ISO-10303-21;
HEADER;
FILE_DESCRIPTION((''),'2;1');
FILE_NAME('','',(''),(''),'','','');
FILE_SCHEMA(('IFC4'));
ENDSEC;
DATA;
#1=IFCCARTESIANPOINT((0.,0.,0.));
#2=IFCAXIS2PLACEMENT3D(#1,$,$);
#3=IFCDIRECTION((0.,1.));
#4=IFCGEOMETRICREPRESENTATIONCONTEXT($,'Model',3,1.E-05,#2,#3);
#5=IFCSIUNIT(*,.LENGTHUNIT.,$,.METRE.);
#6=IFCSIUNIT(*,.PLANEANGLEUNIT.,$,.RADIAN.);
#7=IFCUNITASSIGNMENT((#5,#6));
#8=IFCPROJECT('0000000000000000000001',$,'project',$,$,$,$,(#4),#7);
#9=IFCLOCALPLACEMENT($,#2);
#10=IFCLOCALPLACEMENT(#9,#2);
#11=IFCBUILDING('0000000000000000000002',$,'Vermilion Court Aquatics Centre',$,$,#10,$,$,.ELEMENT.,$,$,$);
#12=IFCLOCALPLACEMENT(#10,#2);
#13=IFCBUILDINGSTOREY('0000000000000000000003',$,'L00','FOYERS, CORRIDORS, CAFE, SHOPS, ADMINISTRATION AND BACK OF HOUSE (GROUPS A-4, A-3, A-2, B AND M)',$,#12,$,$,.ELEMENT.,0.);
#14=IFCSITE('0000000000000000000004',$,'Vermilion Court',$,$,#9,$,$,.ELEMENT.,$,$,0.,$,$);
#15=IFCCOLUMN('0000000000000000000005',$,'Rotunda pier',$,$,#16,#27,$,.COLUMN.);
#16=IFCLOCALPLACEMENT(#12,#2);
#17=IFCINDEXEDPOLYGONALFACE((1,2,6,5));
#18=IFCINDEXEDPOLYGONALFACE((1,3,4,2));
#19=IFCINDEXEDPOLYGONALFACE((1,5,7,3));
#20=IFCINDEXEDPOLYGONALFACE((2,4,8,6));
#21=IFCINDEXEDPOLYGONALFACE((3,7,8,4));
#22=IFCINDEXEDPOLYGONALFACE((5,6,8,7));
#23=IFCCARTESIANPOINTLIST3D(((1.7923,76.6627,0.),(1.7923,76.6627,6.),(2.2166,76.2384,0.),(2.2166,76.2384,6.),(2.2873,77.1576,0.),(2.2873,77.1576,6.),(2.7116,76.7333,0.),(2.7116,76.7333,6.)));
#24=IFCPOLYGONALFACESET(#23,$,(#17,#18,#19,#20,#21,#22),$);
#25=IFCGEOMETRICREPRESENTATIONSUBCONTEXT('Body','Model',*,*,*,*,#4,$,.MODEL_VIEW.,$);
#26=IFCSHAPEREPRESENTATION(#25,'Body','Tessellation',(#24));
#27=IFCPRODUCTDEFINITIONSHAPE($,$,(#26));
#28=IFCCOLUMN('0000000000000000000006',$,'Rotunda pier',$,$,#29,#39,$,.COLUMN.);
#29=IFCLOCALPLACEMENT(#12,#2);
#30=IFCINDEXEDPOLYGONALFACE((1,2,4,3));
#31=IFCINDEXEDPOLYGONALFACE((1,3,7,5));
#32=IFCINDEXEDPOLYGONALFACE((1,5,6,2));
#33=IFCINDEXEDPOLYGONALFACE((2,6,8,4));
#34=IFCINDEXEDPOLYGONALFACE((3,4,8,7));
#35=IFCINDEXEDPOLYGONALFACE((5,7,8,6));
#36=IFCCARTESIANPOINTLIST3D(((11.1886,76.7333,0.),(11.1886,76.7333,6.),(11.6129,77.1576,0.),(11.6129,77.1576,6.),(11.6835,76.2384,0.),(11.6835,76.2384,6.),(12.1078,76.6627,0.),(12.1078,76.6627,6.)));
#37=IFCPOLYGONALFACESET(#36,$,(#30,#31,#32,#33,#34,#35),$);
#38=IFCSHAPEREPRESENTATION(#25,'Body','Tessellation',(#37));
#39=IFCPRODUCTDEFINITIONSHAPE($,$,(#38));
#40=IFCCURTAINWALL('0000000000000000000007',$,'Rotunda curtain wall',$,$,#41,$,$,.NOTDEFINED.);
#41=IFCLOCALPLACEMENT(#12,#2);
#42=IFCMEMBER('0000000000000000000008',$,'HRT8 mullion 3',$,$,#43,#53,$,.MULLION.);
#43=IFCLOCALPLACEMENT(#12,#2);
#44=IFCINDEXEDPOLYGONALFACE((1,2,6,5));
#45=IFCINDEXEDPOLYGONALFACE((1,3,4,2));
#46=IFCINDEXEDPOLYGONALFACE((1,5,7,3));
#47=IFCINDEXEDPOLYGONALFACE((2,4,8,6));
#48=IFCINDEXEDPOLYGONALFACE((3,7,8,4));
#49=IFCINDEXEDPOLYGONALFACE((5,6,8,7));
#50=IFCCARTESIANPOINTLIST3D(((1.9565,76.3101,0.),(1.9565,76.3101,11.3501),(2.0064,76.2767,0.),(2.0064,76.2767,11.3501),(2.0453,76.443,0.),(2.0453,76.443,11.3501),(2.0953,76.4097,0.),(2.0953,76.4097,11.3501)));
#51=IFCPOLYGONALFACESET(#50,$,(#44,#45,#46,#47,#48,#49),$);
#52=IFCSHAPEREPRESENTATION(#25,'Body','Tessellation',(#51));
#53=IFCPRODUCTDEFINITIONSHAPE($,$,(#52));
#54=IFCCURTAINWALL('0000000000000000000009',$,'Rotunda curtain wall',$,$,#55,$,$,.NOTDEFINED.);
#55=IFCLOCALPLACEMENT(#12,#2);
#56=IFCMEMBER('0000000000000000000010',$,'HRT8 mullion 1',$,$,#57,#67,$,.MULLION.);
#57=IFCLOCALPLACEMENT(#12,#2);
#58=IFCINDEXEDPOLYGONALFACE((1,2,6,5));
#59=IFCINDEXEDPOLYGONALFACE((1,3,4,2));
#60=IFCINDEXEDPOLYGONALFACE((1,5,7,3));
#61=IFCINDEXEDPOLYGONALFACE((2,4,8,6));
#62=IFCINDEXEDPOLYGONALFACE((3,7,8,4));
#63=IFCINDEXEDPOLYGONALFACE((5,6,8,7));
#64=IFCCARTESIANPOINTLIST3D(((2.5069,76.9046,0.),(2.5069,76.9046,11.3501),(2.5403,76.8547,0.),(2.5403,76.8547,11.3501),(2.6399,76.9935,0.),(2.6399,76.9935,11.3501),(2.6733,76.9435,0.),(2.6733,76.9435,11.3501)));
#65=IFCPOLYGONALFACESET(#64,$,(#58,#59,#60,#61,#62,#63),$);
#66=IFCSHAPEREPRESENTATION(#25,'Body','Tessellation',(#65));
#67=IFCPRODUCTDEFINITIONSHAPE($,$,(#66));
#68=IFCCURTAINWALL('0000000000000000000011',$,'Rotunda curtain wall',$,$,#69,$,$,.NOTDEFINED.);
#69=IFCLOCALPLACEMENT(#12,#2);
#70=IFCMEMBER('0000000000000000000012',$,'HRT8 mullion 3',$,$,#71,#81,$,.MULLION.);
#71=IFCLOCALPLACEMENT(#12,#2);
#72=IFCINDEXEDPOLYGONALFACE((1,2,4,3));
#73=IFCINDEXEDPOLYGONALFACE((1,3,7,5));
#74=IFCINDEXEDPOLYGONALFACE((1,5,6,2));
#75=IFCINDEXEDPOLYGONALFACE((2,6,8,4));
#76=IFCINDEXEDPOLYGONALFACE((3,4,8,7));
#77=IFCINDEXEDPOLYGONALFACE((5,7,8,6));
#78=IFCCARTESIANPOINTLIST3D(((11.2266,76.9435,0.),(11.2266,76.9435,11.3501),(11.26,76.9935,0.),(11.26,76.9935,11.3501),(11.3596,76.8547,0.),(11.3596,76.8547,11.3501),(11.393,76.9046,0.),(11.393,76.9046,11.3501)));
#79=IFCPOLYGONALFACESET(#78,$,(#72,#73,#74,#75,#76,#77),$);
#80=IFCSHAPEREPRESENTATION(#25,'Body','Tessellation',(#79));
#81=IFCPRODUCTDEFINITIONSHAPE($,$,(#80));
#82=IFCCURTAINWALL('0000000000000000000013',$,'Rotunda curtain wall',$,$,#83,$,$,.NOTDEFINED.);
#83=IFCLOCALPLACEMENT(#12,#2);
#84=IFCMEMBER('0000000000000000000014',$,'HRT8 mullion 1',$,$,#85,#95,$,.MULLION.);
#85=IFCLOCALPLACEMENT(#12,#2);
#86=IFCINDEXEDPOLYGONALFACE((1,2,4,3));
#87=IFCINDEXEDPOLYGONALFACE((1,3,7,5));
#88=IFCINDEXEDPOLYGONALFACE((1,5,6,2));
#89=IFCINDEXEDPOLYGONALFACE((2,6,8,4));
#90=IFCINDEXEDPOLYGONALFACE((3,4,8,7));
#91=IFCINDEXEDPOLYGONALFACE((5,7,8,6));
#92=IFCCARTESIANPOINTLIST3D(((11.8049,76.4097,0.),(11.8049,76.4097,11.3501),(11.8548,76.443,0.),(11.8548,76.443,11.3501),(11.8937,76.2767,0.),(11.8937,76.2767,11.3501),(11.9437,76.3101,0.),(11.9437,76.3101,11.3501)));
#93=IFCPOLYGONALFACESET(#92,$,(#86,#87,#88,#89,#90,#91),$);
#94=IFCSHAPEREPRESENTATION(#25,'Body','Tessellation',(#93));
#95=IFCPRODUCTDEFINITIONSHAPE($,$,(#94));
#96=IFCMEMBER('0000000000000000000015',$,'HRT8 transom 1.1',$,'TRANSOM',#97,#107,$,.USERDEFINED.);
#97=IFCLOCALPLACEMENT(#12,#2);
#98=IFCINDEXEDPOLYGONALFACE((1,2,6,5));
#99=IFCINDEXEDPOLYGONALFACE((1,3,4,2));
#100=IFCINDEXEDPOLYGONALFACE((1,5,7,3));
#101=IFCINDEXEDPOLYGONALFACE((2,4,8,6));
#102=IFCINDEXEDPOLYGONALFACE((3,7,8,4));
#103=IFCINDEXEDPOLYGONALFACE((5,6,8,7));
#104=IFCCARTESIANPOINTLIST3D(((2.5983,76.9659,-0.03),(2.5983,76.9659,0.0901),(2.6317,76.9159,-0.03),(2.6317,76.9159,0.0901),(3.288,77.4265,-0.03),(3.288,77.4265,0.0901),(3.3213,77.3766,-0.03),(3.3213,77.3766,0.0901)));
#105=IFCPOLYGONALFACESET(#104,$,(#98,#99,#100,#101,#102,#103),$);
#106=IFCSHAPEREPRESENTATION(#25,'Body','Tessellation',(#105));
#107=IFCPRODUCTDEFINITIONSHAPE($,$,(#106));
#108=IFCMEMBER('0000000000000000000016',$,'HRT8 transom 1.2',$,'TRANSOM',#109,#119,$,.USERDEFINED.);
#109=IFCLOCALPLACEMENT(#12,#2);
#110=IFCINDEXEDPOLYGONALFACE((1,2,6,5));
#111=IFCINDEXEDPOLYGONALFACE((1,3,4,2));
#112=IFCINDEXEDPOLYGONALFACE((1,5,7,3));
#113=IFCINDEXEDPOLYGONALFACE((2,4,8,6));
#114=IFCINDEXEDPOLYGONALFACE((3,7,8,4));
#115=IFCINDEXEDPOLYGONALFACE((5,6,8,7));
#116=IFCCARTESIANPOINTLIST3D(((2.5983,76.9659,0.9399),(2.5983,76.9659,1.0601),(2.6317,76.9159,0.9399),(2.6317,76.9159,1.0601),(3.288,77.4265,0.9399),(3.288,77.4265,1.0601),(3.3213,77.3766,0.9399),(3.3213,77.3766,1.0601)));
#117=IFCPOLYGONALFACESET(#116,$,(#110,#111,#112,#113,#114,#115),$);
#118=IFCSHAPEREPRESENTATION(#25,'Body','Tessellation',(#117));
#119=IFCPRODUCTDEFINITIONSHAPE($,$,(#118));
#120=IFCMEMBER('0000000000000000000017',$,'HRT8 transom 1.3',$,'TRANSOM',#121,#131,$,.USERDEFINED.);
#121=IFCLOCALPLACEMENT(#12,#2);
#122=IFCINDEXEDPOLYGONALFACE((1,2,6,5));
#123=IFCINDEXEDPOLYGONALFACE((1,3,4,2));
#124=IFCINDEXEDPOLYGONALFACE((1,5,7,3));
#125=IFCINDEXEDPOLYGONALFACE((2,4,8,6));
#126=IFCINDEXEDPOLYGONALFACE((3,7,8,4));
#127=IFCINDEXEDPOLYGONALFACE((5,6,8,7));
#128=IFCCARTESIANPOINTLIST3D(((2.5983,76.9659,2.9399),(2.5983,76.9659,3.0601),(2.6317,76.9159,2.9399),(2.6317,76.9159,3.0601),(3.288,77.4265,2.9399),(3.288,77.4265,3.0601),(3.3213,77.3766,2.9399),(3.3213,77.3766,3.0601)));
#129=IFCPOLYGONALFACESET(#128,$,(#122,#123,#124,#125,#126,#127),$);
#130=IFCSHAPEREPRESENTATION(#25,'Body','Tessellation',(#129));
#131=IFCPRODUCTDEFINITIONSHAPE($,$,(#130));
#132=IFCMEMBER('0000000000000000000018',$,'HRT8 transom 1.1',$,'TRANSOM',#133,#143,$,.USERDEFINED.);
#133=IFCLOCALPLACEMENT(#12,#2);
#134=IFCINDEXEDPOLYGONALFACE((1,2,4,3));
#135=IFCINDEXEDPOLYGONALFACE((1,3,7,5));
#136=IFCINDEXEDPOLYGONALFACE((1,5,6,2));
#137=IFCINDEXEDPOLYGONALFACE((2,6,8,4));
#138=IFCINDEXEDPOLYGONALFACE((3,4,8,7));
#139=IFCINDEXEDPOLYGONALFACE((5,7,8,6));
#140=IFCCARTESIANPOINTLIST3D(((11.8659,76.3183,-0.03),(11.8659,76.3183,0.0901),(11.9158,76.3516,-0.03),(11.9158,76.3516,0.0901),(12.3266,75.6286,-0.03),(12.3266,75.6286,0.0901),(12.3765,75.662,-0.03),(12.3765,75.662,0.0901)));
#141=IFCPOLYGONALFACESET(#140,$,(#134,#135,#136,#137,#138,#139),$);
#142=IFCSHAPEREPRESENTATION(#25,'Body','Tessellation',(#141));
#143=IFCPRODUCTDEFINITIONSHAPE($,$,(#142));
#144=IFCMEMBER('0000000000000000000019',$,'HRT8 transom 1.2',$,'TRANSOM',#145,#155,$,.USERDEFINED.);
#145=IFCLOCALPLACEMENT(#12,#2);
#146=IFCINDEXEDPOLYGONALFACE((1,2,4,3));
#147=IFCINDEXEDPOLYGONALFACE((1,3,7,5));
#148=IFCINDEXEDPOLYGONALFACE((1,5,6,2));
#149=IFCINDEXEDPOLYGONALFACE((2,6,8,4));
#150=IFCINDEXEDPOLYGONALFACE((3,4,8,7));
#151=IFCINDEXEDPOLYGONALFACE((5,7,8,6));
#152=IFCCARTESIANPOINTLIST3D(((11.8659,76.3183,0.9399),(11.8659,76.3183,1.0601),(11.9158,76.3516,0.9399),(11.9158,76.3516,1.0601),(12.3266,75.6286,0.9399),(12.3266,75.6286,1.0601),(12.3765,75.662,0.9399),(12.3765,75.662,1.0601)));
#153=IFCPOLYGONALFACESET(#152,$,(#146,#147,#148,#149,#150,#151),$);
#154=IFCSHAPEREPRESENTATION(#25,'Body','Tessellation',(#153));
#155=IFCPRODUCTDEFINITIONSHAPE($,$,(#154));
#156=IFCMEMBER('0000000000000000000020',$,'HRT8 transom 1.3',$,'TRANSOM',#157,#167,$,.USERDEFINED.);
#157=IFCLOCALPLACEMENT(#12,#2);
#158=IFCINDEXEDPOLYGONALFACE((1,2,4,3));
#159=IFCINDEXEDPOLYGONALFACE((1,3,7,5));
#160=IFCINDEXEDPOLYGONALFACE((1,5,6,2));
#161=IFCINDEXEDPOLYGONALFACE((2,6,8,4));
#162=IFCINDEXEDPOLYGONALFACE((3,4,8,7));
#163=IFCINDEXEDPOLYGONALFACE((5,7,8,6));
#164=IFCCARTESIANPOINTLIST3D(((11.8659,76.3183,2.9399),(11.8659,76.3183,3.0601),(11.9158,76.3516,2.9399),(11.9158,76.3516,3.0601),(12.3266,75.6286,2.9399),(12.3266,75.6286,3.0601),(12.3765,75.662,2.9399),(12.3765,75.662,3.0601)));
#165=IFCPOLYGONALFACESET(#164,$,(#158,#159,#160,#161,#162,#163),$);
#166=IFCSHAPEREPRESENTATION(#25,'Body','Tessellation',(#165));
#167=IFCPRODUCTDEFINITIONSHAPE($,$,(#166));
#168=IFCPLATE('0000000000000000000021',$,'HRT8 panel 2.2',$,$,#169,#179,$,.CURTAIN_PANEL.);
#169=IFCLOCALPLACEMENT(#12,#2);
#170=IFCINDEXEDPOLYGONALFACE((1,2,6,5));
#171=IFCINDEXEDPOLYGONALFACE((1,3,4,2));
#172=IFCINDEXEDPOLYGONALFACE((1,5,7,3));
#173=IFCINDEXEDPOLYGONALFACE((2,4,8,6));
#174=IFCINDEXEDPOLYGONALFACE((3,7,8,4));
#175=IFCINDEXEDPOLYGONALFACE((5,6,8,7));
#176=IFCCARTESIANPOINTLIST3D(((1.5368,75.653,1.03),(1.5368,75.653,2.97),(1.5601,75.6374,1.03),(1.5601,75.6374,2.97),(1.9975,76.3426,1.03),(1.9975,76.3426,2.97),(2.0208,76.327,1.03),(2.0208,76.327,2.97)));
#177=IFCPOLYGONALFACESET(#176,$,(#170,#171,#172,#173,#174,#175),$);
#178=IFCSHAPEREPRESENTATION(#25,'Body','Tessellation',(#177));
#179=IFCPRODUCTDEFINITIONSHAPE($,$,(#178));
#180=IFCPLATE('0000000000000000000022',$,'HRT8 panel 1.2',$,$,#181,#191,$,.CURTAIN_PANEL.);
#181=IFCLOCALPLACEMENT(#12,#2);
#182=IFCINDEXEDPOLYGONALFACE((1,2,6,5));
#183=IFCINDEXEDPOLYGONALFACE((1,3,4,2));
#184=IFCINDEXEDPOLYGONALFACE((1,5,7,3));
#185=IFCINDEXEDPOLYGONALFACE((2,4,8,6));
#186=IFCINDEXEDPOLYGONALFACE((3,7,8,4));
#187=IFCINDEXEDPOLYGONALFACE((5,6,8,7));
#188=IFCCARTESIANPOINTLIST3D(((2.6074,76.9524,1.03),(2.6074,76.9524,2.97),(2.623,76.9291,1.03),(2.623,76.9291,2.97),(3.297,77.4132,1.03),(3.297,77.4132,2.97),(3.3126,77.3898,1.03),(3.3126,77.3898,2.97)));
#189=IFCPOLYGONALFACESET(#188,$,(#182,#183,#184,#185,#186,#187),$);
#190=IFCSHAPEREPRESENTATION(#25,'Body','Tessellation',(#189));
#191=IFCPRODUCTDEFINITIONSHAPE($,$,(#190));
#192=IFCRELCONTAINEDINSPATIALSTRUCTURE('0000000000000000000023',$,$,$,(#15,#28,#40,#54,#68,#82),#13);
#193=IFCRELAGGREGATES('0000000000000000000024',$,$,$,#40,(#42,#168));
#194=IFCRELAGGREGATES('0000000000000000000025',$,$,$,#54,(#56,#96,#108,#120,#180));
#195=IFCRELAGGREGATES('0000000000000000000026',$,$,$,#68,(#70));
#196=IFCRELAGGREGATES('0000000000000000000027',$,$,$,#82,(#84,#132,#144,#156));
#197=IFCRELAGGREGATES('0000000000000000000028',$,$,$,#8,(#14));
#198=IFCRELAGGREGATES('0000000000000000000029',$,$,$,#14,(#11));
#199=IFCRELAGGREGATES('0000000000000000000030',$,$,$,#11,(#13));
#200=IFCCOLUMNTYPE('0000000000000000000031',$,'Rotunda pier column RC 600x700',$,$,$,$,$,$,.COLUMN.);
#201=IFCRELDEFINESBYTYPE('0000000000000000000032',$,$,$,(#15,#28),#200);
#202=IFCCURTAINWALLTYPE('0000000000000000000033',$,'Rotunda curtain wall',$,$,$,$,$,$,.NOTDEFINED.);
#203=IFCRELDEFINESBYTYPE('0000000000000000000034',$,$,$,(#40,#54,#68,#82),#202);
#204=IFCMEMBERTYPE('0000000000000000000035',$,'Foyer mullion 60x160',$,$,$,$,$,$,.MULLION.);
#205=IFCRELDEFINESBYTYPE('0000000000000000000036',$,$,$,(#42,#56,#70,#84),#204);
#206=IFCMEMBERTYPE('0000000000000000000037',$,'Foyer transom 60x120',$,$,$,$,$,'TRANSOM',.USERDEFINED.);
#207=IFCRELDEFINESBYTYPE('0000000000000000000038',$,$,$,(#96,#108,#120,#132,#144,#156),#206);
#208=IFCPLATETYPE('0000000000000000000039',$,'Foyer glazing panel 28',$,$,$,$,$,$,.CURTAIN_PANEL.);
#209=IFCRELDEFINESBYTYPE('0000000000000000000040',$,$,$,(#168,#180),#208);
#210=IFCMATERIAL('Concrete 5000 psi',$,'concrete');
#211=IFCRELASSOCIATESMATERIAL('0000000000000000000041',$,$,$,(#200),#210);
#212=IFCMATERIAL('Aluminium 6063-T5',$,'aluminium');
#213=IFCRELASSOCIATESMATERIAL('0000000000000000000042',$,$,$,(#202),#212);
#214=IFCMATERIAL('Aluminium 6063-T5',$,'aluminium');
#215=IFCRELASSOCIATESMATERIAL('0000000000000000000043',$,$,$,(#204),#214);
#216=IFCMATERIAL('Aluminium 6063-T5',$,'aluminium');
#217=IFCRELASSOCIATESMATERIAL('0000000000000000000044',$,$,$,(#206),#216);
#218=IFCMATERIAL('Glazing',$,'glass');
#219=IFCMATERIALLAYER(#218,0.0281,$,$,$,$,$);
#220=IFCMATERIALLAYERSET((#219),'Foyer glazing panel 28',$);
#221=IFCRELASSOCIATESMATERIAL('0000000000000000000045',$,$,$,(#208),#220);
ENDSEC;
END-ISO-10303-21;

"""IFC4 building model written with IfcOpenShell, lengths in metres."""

from ifc_helpers import new_model, si_unit, direction, frame, origin, origin_2d, place, context, subcontext, project, spatial, rectangle, extrude, material, layer, layer_set, material_profile, profile_set, type_object, element, aggregate, save


model = new_model("IFC4")

# Units and contexts
model_context = context("Model", 3, precision=1e-05, world=origin(), true_north=direction((0.0, 1.0)))
body_context = subcontext(model_context, "Body", "Model", "MODEL_VIEW")
ifc_project = project(units=[si_unit("LENGTHUNIT", "METRE"), si_unit("PLANEANGLEUNIT", "RADIAN")], contexts=[model_context])

# Site, building, storey
site_placement = place(None, origin())
site = spatial("IfcSite", under=ifc_project, at=site_placement, Name="Vermilion Court", CompositionType="ELEMENT", RefElevation=0.0)
building_placement = place(site_placement, origin())
building = spatial("IfcBuilding", under=site, at=building_placement, Name="Vermilion Court Aquatics Centre", CompositionType="ELEMENT")
storey_placement = place(building_placement, origin())
storey = spatial("IfcBuildingStorey", under=building, at=storey_placement, Name="L00", Description="FOYERS, CORRIDORS, CAFE, SHOPS, ADMINISTRATION AND BACK OF HOUSE (GROUPS A-4, A-3, A-2, B AND M)", CompositionType="ELEMENT", Elevation=0.0)

# Columns
ifc_material_1 = material(Name="Concrete 5000 psi", Category="concrete")
ifc_material_profile_1 = material_profile(ifc_material_1, rectangle(XDim=0.6001, YDim=0.7, at=origin_2d()), Name="RC 600x700")
ifc_profile_set_1 = profile_set([ifc_material_profile_1], Name="Concrete 5000 psi")
column_type = type_object("IfcColumnType", Name="Rotunda pier column RC 600x700", PredefinedType="COLUMN", material=ifc_profile_set_1)
for number, where, z_axis, x_axis, name in (
    (1, (2.252, 76.698, 0.0), (0.0, 0.0, 1.0), (-0.707107, 0.707107, 0.0), "Rotunda pier"),
    (2, (11.6482, 76.698, 0.0), (0.0, 0.0, 1.0), (0.707107, 0.707107, 0.0), "Rotunda pier"),
):
    element("IfcColumn", number, at=place(storey_placement, frame(where, z_axis=z_axis, x_axis=x_axis)), inside=storey, type_object=column_type, Name=name, PredefinedType="COLUMN", context=body_context, shape_type="SweptSolid", body=[
        extrude(rectangle(XDim=0.6001, YDim=0.7, at=origin_2d()), origin(), (0.0, 0.0, 1.0), 6.0),
    ])

# Curtain walls, members
ifc_material_2 = material(Name="Aluminium 6063-T5", Category="aluminium")
curtain_wall_type = type_object("IfcCurtainWallType", Name="Rotunda curtain wall", PredefinedType="NOTDEFINED", material=ifc_material_2)
curtain_wall_1_placement = place(storey_placement, origin())
curtain_wall_1 = element("IfcCurtainWall", 3, at=curtain_wall_1_placement, inside=storey, type_object=curtain_wall_type, Name="Rotunda curtain wall", PredefinedType="NOTDEFINED")
ifc_material_3 = material(Name="Aluminium 6063-T5", Category="aluminium")
ifc_material_profile_2 = material_profile(ifc_material_3, rectangle(XDim=0.0601, YDim=0.1599, at=origin_2d()), Name="Aluminium 60x160")
ifc_profile_set_2 = profile_set([ifc_material_profile_2], Name="Aluminium 6063-T5")
member_type_1 = type_object("IfcMemberType", Name="Foyer mullion 60x160", PredefinedType="MULLION", material=ifc_profile_set_2)
member_1_placement = place(storey_placement, frame((2.0259, 76.3599, 0.0), z_axis=(0.0, 0.0, 1.0), x_axis=(-0.831489, 0.555541, 0.0)))
member_1 = element("IfcMember", 4, at=member_1_placement, type_object=member_type_1, Name="HRT8 mullion 3", PredefinedType="MULLION", context=body_context, shape_type="SweptSolid", body=[
    extrude(rectangle(XDim=0.0601, YDim=0.1599, at=origin_2d()), origin(), (0.0, 0.0, 1.0), 11.3501),
])
curtain_wall_2_placement = place(storey_placement, origin())
curtain_wall_2 = element("IfcCurtainWall", 5, at=curtain_wall_2_placement, inside=storey, type_object=curtain_wall_type, Name="Rotunda curtain wall", PredefinedType="NOTDEFINED")
member_2_placement = place(storey_placement, frame((2.5901, 76.9241, 0.0), z_axis=(0.0, 0.0, 1.0), x_axis=(-0.555541, 0.831489, 0.0)))
member_2 = element("IfcMember", 6, at=member_2_placement, type_object=member_type_1, Name="HRT8 mullion 1", PredefinedType="MULLION", context=body_context, shape_type="SweptSolid", body=[
    extrude(rectangle(XDim=0.0601, YDim=0.1599, at=origin_2d()), origin(), (0.0, 0.0, 1.0), 11.3501),
])
curtain_wall_3_placement = place(storey_placement, origin())
curtain_wall_3 = element("IfcCurtainWall", 7, at=curtain_wall_3_placement, inside=storey, type_object=curtain_wall_type, Name="Rotunda curtain wall", PredefinedType="NOTDEFINED")
member_3_placement = place(storey_placement, frame((11.3098, 76.9241, 0.0), z_axis=(0.0, 0.0, 1.0), x_axis=(0.555541, 0.831489, 0.0)))
member_3 = element("IfcMember", 8, at=member_3_placement, type_object=member_type_1, Name="HRT8 mullion 3", PredefinedType="MULLION", context=body_context, shape_type="SweptSolid", body=[
    extrude(rectangle(XDim=0.0601, YDim=0.1599, at=origin_2d()), origin(), (0.0, 0.0, 1.0), 11.3501),
])
curtain_wall_4_placement = place(storey_placement, origin())
curtain_wall_4 = element("IfcCurtainWall", 9, at=curtain_wall_4_placement, inside=storey, type_object=curtain_wall_type, Name="Rotunda curtain wall", PredefinedType="NOTDEFINED")
member_4_placement = place(storey_placement, frame((11.8743, 76.3599, 0.0), z_axis=(0.0, 0.0, 1.0), x_axis=(0.831489, 0.555541, 0.0)))
member_4 = element("IfcMember", 10, at=member_4_placement, type_object=member_type_1, Name="HRT8 mullion 1", PredefinedType="MULLION", context=body_context, shape_type="SweptSolid", body=[
    extrude(rectangle(XDim=0.0601, YDim=0.1599, at=origin_2d()), origin(), (0.0, 0.0, 1.0), 11.3501),
])

# Members
ifc_material_4 = material(Name="Aluminium 6063-T5", Category="aluminium")
ifc_material_profile_3 = material_profile(ifc_material_4, rectangle(XDim=0.0601, YDim=0.1201, at=origin_2d()), Name="Aluminium 60x120")
ifc_profile_set_3 = profile_set([ifc_material_profile_3], Name="Aluminium 6063-T5")
member_type_2 = type_object("IfcMemberType", Name="Foyer transom 60x120", ElementType="TRANSOM", PredefinedType="USERDEFINED", material=ifc_profile_set_3)
member_5_placement = place(storey_placement, frame((2.615, 76.9409, 0.03), z_axis=(0.831552, 0.555447, 0.0), x_axis=(-0.555447, 0.831552, 0.0)))
member_5 = element("IfcMember", 11, at=member_5_placement, type_object=member_type_2, Name="HRT8 transom 1.1", ObjectType="TRANSOM", PredefinedType="USERDEFINED", context=body_context, shape_type="SweptSolid", body=[
    extrude(rectangle(XDim=0.0601, YDim=0.1201, at=origin_2d()), origin(), (0.0, 0.0, 1.0), 0.8293),
])
member_6_placement = place(storey_placement, frame((2.615, 76.9409, 1.0), z_axis=(0.831552, 0.555447, 0.0), x_axis=(-0.555447, 0.831552, 0.0)))
member_6 = element("IfcMember", 12, at=member_6_placement, type_object=member_type_2, Name="HRT8 transom 1.2", ObjectType="TRANSOM", PredefinedType="USERDEFINED", context=body_context, shape_type="SweptSolid", body=[
    extrude(rectangle(XDim=0.0601, YDim=0.1201, at=origin_2d()), origin(), (0.0, 0.0, 1.0), 0.8293),
])
member_7_placement = place(storey_placement, frame((2.615, 76.9409, 3.0), z_axis=(0.831552, 0.555447, 0.0), x_axis=(-0.555447, 0.831552, 0.0)))
member_7 = element("IfcMember", 13, at=member_7_placement, type_object=member_type_2, Name="HRT8 transom 1.3", ObjectType="TRANSOM", PredefinedType="USERDEFINED", context=body_context, shape_type="SweptSolid", body=[
    extrude(rectangle(XDim=0.0601, YDim=0.1201, at=origin_2d()), origin(), (0.0, 0.0, 1.0), 0.8293),
])
member_8_placement = place(storey_placement, frame((11.8909, 76.335, 0.03), z_axis=(0.555447, -0.831552, 0.0), x_axis=(0.831552, 0.555447, 0.0)))
member_8 = element("IfcMember", 14, at=member_8_placement, type_object=member_type_2, Name="HRT8 transom 1.1", ObjectType="TRANSOM", PredefinedType="USERDEFINED", context=body_context, shape_type="SweptSolid", body=[
    extrude(rectangle(XDim=0.0601, YDim=0.1201, at=origin_2d()), origin(), (0.0, 0.0, 1.0), 0.8293),
])
member_9_placement = place(storey_placement, frame((11.8909, 76.335, 1.0), z_axis=(0.555447, -0.831552, 0.0), x_axis=(0.831552, 0.555447, 0.0)))
member_9 = element("IfcMember", 15, at=member_9_placement, type_object=member_type_2, Name="HRT8 transom 1.2", ObjectType="TRANSOM", PredefinedType="USERDEFINED", context=body_context, shape_type="SweptSolid", body=[
    extrude(rectangle(XDim=0.0601, YDim=0.1201, at=origin_2d()), origin(), (0.0, 0.0, 1.0), 0.8293),
])
member_10_placement = place(storey_placement, frame((11.8909, 76.335, 3.0), z_axis=(0.555447, -0.831552, 0.0), x_axis=(0.831552, 0.555447, 0.0)))
member_10 = element("IfcMember", 16, at=member_10_placement, type_object=member_type_2, Name="HRT8 transom 1.3", ObjectType="TRANSOM", PredefinedType="USERDEFINED", context=body_context, shape_type="SweptSolid", body=[
    extrude(rectangle(XDim=0.0601, YDim=0.1201, at=origin_2d()), origin(), (0.0, 0.0, 1.0), 0.8293),
])

# Plates
ifc_material_5 = material(Name="Glazing", Category="glass")
ifc_layer_1 = layer(ifc_material_5, 0.0281)
ifc_layer_set_1 = layer_set([ifc_layer_1], Name="Foyer glazing panel 28")
plate_type_1 = type_object("IfcPlateType", Name="Foyer glazing panel 28", PredefinedType="CURTAIN_PANEL", material=ifc_layer_set_1)
plate_1_placement = place(storey_placement, frame((1.7788, 75.99, 1.03), z_axis=(0.0, 0.0, 1.0), x_axis=(0.555541, 0.831489, 0.0)))
plate_1 = element("IfcPlate", 17, at=plate_1_placement, type_object=plate_type_1, Name="HRT8 panel 2.2", PredefinedType="CURTAIN_PANEL", context=body_context, shape_type="SweptSolid", body=[
    extrude(rectangle(XDim=0.8293, YDim=0.0281, at=origin_2d()), origin(), (0.0, 0.0, 1.0), 1.9399),
])
plate_2_placement = place(storey_placement, frame((2.96, 77.1711, 1.03), z_axis=(0.0, 0.0, 1.0), x_axis=(0.831489, 0.555541, 0.0)))
plate_2 = element("IfcPlate", 18, at=plate_2_placement, type_object=plate_type_1, Name="HRT8 panel 1.2", PredefinedType="CURTAIN_PANEL", context=body_context, shape_type="SweptSolid", body=[
    extrude(rectangle(XDim=0.8293, YDim=0.0281, at=origin_2d()), origin(), (0.0, 0.0, 1.0), 1.9399),
])
aggregate(curtain_wall_1, [member_1, plate_1])
aggregate(curtain_wall_2, [member_2, member_5, member_6, member_7, plate_2])
aggregate(curtain_wall_3, [member_3])
aggregate(curtain_wall_4, [member_4, member_8, member_9, member_10])

save(model, "model.ifc")
